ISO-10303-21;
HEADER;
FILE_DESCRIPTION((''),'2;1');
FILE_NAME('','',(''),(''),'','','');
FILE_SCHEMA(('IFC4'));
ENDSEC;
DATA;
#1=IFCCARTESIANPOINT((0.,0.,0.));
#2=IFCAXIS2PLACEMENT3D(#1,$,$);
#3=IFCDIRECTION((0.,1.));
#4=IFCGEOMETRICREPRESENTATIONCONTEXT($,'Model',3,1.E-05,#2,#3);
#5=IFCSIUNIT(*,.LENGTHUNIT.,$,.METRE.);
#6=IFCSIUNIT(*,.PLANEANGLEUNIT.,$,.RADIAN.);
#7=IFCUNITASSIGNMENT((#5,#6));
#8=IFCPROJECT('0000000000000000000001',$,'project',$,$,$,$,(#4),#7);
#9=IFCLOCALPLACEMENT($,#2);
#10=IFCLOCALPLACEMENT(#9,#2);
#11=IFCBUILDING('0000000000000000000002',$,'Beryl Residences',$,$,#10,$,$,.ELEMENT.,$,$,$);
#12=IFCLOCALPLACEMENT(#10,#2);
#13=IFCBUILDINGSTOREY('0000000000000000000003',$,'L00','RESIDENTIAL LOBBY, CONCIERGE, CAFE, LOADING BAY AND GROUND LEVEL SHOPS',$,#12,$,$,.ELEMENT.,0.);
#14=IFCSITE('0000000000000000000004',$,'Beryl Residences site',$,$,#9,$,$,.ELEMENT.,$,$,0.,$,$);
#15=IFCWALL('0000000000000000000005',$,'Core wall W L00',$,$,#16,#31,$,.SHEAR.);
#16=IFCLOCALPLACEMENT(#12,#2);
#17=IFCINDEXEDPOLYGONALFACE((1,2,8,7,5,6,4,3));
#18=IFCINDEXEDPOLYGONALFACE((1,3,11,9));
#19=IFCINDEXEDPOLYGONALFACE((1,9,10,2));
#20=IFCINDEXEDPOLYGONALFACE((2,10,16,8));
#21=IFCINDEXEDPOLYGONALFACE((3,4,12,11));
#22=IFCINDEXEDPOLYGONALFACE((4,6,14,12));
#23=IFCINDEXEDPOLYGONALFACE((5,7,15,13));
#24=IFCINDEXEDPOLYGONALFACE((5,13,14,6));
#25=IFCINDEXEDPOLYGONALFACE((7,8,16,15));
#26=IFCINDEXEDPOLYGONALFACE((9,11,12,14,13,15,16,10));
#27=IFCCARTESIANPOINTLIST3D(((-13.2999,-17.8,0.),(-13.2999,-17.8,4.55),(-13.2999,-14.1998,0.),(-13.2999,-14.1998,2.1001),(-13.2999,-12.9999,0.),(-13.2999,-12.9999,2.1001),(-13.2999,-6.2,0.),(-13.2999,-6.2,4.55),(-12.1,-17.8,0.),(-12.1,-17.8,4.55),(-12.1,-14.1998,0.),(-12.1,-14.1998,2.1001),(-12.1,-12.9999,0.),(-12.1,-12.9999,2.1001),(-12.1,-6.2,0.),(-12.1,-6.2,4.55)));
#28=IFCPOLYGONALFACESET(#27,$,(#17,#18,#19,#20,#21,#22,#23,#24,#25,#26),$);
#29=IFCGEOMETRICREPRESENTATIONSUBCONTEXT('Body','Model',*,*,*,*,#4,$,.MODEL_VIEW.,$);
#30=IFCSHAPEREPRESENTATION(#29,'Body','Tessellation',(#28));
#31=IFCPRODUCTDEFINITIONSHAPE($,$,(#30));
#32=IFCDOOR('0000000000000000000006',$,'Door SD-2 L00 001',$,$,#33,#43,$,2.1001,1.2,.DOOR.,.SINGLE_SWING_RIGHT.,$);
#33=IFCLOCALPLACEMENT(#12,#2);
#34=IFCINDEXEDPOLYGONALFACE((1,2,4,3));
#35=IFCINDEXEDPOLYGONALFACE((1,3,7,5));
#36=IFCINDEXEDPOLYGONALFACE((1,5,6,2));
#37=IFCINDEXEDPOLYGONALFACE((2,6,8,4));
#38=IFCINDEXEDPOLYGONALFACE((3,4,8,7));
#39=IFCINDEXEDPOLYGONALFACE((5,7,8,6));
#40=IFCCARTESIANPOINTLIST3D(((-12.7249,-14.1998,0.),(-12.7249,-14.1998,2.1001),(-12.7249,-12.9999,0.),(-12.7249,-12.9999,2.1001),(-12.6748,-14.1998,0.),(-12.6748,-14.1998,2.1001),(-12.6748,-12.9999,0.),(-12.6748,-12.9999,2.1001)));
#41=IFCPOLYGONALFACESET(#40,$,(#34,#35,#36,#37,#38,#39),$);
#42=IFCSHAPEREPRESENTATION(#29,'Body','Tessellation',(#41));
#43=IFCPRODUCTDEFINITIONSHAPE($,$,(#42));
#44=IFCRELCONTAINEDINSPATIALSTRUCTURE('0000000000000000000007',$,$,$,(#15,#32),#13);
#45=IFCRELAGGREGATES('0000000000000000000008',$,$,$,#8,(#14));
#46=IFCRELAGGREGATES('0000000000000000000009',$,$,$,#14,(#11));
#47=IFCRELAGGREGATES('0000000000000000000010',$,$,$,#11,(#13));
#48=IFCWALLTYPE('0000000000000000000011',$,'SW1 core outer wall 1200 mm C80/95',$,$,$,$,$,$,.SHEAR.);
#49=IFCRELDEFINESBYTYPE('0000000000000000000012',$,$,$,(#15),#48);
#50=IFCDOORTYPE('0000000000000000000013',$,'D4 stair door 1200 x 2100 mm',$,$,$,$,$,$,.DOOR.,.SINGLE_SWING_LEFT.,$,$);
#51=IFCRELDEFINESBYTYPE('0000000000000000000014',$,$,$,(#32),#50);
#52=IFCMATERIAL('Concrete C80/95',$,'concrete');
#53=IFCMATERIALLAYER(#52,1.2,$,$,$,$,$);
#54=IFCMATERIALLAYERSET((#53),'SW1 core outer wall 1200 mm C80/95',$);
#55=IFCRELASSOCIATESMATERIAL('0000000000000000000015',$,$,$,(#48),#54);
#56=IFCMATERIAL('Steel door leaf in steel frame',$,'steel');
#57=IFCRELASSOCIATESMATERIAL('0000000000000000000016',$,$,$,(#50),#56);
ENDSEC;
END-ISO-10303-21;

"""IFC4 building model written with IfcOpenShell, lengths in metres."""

from ifc_helpers import new_model, si_unit, direction, frame, frame_2d, origin, place, context, subcontext, project, spatial, rectangle, extrude, material, layer, layer_set, type_object, element, fill, save


model = new_model("IFC4")

# Units and contexts
model_context = context("Model", 3, precision=1e-05, world=origin(), true_north=direction((0.0, 1.0)))
body_context = subcontext(model_context, "Body", "Model", "MODEL_VIEW")
ifc_project = project(units=[si_unit("LENGTHUNIT", "METRE"), si_unit("PLANEANGLEUNIT", "RADIAN")], contexts=[model_context])

# Site, building, storey
site_placement = place(None, origin())
site = spatial("IfcSite", under=ifc_project, at=site_placement, Name="Beryl Residences site", CompositionType="ELEMENT", RefElevation=0.0)
building_placement = place(site_placement, origin())
building = spatial("IfcBuilding", under=site, at=building_placement, Name="Beryl Residences", CompositionType="ELEMENT")
storey_placement = place(building_placement, origin())
storey = spatial("IfcBuildingStorey", under=building, at=storey_placement, Name="L00", Description="RESIDENTIAL LOBBY, CONCIERGE, CAFE, LOADING BAY AND GROUND LEVEL SHOPS", CompositionType="ELEMENT", Elevation=0.0)

# Shared definitions
ifc_material_1 = material(Name="Concrete C80/95", Category="concrete")
ifc_layer_1 = layer(ifc_material_1, 1.2)
ifc_layer_set_1 = layer_set([ifc_layer_1], Name="SW1 core outer wall 1200 mm C80/95")
wall_type_1 = type_object("IfcWallType", Name="SW1 core outer wall 1200 mm C80/95", PredefinedType="SHEAR", material=ifc_layer_set_1)
ifc_material_2 = material(Name="Steel door leaf in steel frame", Category="steel")
door_type_1 = type_object("IfcDoorType", Name="D4 stair door 1200 x 2100 mm", OperationType="SINGLE_SWING_LEFT", PredefinedType="DOOR", material=ifc_material_2)

# Wall, opening, door
wall_1_placement = place(storey_placement, frame((-12.7, -17.8, 0.0), z_axis=(0.0, 0.0, 1.0), x_axis=(0.0, 1.0, 0.0)))
wall_1 = element("IfcWall", 1, at=wall_1_placement, inside=storey, type_object=wall_type_1, Name="Core wall W L00", PredefinedType="SHEAR", context=body_context, shape_type="SweptSolid", body=[
    extrude(rectangle(XDim=11.6001, YDim=1.2, at=frame_2d((5.8, 0.0))), origin(), (0.0, 0.0, 1.0), 4.55),
])
opening_1_placement = place(wall_1_placement, frame((3.6001, 0.0, 0.0)))
opening_1 = element("IfcOpeningElement", 2, at=opening_1_placement, cuts=wall_1, PredefinedType="OPENING", context=body_context, shape_type="SweptSolid", body=[
    extrude(rectangle(XDim=1.2, YDim=2.1001, at=frame_2d((0.6001, 1.05))), frame((0.0, 0.6099, 0.0), z_axis=(0.0, -1.0, 0.0), x_axis=(1.0, 0.0, 0.0)), (0.0, 0.0, 1.0), 1.22),
])
door_1_placement = place(opening_1_placement, origin())
door_1 = element("IfcDoor", 3, at=door_1_placement, inside=storey, type_object=door_type_1, Name="Door SD-2 L00 001", OperationType="SINGLE_SWING_RIGHT", OverallHeight=2.1001, OverallWidth=1.2, PredefinedType="DOOR", context=body_context, shape_type="SweptSolid", body=[
    extrude(rectangle(XDim=1.2, YDim=2.1001, at=frame_2d((0.6001, 1.05))), frame((0.0, 0.0249, 0.0), z_axis=(0.0, -1.0, 0.0), x_axis=(1.0, 0.0, 0.0)), (0.0, 0.0, 1.0), 0.05),
])
fill(opening_1, door_1)

save(model, "model.ifc")
